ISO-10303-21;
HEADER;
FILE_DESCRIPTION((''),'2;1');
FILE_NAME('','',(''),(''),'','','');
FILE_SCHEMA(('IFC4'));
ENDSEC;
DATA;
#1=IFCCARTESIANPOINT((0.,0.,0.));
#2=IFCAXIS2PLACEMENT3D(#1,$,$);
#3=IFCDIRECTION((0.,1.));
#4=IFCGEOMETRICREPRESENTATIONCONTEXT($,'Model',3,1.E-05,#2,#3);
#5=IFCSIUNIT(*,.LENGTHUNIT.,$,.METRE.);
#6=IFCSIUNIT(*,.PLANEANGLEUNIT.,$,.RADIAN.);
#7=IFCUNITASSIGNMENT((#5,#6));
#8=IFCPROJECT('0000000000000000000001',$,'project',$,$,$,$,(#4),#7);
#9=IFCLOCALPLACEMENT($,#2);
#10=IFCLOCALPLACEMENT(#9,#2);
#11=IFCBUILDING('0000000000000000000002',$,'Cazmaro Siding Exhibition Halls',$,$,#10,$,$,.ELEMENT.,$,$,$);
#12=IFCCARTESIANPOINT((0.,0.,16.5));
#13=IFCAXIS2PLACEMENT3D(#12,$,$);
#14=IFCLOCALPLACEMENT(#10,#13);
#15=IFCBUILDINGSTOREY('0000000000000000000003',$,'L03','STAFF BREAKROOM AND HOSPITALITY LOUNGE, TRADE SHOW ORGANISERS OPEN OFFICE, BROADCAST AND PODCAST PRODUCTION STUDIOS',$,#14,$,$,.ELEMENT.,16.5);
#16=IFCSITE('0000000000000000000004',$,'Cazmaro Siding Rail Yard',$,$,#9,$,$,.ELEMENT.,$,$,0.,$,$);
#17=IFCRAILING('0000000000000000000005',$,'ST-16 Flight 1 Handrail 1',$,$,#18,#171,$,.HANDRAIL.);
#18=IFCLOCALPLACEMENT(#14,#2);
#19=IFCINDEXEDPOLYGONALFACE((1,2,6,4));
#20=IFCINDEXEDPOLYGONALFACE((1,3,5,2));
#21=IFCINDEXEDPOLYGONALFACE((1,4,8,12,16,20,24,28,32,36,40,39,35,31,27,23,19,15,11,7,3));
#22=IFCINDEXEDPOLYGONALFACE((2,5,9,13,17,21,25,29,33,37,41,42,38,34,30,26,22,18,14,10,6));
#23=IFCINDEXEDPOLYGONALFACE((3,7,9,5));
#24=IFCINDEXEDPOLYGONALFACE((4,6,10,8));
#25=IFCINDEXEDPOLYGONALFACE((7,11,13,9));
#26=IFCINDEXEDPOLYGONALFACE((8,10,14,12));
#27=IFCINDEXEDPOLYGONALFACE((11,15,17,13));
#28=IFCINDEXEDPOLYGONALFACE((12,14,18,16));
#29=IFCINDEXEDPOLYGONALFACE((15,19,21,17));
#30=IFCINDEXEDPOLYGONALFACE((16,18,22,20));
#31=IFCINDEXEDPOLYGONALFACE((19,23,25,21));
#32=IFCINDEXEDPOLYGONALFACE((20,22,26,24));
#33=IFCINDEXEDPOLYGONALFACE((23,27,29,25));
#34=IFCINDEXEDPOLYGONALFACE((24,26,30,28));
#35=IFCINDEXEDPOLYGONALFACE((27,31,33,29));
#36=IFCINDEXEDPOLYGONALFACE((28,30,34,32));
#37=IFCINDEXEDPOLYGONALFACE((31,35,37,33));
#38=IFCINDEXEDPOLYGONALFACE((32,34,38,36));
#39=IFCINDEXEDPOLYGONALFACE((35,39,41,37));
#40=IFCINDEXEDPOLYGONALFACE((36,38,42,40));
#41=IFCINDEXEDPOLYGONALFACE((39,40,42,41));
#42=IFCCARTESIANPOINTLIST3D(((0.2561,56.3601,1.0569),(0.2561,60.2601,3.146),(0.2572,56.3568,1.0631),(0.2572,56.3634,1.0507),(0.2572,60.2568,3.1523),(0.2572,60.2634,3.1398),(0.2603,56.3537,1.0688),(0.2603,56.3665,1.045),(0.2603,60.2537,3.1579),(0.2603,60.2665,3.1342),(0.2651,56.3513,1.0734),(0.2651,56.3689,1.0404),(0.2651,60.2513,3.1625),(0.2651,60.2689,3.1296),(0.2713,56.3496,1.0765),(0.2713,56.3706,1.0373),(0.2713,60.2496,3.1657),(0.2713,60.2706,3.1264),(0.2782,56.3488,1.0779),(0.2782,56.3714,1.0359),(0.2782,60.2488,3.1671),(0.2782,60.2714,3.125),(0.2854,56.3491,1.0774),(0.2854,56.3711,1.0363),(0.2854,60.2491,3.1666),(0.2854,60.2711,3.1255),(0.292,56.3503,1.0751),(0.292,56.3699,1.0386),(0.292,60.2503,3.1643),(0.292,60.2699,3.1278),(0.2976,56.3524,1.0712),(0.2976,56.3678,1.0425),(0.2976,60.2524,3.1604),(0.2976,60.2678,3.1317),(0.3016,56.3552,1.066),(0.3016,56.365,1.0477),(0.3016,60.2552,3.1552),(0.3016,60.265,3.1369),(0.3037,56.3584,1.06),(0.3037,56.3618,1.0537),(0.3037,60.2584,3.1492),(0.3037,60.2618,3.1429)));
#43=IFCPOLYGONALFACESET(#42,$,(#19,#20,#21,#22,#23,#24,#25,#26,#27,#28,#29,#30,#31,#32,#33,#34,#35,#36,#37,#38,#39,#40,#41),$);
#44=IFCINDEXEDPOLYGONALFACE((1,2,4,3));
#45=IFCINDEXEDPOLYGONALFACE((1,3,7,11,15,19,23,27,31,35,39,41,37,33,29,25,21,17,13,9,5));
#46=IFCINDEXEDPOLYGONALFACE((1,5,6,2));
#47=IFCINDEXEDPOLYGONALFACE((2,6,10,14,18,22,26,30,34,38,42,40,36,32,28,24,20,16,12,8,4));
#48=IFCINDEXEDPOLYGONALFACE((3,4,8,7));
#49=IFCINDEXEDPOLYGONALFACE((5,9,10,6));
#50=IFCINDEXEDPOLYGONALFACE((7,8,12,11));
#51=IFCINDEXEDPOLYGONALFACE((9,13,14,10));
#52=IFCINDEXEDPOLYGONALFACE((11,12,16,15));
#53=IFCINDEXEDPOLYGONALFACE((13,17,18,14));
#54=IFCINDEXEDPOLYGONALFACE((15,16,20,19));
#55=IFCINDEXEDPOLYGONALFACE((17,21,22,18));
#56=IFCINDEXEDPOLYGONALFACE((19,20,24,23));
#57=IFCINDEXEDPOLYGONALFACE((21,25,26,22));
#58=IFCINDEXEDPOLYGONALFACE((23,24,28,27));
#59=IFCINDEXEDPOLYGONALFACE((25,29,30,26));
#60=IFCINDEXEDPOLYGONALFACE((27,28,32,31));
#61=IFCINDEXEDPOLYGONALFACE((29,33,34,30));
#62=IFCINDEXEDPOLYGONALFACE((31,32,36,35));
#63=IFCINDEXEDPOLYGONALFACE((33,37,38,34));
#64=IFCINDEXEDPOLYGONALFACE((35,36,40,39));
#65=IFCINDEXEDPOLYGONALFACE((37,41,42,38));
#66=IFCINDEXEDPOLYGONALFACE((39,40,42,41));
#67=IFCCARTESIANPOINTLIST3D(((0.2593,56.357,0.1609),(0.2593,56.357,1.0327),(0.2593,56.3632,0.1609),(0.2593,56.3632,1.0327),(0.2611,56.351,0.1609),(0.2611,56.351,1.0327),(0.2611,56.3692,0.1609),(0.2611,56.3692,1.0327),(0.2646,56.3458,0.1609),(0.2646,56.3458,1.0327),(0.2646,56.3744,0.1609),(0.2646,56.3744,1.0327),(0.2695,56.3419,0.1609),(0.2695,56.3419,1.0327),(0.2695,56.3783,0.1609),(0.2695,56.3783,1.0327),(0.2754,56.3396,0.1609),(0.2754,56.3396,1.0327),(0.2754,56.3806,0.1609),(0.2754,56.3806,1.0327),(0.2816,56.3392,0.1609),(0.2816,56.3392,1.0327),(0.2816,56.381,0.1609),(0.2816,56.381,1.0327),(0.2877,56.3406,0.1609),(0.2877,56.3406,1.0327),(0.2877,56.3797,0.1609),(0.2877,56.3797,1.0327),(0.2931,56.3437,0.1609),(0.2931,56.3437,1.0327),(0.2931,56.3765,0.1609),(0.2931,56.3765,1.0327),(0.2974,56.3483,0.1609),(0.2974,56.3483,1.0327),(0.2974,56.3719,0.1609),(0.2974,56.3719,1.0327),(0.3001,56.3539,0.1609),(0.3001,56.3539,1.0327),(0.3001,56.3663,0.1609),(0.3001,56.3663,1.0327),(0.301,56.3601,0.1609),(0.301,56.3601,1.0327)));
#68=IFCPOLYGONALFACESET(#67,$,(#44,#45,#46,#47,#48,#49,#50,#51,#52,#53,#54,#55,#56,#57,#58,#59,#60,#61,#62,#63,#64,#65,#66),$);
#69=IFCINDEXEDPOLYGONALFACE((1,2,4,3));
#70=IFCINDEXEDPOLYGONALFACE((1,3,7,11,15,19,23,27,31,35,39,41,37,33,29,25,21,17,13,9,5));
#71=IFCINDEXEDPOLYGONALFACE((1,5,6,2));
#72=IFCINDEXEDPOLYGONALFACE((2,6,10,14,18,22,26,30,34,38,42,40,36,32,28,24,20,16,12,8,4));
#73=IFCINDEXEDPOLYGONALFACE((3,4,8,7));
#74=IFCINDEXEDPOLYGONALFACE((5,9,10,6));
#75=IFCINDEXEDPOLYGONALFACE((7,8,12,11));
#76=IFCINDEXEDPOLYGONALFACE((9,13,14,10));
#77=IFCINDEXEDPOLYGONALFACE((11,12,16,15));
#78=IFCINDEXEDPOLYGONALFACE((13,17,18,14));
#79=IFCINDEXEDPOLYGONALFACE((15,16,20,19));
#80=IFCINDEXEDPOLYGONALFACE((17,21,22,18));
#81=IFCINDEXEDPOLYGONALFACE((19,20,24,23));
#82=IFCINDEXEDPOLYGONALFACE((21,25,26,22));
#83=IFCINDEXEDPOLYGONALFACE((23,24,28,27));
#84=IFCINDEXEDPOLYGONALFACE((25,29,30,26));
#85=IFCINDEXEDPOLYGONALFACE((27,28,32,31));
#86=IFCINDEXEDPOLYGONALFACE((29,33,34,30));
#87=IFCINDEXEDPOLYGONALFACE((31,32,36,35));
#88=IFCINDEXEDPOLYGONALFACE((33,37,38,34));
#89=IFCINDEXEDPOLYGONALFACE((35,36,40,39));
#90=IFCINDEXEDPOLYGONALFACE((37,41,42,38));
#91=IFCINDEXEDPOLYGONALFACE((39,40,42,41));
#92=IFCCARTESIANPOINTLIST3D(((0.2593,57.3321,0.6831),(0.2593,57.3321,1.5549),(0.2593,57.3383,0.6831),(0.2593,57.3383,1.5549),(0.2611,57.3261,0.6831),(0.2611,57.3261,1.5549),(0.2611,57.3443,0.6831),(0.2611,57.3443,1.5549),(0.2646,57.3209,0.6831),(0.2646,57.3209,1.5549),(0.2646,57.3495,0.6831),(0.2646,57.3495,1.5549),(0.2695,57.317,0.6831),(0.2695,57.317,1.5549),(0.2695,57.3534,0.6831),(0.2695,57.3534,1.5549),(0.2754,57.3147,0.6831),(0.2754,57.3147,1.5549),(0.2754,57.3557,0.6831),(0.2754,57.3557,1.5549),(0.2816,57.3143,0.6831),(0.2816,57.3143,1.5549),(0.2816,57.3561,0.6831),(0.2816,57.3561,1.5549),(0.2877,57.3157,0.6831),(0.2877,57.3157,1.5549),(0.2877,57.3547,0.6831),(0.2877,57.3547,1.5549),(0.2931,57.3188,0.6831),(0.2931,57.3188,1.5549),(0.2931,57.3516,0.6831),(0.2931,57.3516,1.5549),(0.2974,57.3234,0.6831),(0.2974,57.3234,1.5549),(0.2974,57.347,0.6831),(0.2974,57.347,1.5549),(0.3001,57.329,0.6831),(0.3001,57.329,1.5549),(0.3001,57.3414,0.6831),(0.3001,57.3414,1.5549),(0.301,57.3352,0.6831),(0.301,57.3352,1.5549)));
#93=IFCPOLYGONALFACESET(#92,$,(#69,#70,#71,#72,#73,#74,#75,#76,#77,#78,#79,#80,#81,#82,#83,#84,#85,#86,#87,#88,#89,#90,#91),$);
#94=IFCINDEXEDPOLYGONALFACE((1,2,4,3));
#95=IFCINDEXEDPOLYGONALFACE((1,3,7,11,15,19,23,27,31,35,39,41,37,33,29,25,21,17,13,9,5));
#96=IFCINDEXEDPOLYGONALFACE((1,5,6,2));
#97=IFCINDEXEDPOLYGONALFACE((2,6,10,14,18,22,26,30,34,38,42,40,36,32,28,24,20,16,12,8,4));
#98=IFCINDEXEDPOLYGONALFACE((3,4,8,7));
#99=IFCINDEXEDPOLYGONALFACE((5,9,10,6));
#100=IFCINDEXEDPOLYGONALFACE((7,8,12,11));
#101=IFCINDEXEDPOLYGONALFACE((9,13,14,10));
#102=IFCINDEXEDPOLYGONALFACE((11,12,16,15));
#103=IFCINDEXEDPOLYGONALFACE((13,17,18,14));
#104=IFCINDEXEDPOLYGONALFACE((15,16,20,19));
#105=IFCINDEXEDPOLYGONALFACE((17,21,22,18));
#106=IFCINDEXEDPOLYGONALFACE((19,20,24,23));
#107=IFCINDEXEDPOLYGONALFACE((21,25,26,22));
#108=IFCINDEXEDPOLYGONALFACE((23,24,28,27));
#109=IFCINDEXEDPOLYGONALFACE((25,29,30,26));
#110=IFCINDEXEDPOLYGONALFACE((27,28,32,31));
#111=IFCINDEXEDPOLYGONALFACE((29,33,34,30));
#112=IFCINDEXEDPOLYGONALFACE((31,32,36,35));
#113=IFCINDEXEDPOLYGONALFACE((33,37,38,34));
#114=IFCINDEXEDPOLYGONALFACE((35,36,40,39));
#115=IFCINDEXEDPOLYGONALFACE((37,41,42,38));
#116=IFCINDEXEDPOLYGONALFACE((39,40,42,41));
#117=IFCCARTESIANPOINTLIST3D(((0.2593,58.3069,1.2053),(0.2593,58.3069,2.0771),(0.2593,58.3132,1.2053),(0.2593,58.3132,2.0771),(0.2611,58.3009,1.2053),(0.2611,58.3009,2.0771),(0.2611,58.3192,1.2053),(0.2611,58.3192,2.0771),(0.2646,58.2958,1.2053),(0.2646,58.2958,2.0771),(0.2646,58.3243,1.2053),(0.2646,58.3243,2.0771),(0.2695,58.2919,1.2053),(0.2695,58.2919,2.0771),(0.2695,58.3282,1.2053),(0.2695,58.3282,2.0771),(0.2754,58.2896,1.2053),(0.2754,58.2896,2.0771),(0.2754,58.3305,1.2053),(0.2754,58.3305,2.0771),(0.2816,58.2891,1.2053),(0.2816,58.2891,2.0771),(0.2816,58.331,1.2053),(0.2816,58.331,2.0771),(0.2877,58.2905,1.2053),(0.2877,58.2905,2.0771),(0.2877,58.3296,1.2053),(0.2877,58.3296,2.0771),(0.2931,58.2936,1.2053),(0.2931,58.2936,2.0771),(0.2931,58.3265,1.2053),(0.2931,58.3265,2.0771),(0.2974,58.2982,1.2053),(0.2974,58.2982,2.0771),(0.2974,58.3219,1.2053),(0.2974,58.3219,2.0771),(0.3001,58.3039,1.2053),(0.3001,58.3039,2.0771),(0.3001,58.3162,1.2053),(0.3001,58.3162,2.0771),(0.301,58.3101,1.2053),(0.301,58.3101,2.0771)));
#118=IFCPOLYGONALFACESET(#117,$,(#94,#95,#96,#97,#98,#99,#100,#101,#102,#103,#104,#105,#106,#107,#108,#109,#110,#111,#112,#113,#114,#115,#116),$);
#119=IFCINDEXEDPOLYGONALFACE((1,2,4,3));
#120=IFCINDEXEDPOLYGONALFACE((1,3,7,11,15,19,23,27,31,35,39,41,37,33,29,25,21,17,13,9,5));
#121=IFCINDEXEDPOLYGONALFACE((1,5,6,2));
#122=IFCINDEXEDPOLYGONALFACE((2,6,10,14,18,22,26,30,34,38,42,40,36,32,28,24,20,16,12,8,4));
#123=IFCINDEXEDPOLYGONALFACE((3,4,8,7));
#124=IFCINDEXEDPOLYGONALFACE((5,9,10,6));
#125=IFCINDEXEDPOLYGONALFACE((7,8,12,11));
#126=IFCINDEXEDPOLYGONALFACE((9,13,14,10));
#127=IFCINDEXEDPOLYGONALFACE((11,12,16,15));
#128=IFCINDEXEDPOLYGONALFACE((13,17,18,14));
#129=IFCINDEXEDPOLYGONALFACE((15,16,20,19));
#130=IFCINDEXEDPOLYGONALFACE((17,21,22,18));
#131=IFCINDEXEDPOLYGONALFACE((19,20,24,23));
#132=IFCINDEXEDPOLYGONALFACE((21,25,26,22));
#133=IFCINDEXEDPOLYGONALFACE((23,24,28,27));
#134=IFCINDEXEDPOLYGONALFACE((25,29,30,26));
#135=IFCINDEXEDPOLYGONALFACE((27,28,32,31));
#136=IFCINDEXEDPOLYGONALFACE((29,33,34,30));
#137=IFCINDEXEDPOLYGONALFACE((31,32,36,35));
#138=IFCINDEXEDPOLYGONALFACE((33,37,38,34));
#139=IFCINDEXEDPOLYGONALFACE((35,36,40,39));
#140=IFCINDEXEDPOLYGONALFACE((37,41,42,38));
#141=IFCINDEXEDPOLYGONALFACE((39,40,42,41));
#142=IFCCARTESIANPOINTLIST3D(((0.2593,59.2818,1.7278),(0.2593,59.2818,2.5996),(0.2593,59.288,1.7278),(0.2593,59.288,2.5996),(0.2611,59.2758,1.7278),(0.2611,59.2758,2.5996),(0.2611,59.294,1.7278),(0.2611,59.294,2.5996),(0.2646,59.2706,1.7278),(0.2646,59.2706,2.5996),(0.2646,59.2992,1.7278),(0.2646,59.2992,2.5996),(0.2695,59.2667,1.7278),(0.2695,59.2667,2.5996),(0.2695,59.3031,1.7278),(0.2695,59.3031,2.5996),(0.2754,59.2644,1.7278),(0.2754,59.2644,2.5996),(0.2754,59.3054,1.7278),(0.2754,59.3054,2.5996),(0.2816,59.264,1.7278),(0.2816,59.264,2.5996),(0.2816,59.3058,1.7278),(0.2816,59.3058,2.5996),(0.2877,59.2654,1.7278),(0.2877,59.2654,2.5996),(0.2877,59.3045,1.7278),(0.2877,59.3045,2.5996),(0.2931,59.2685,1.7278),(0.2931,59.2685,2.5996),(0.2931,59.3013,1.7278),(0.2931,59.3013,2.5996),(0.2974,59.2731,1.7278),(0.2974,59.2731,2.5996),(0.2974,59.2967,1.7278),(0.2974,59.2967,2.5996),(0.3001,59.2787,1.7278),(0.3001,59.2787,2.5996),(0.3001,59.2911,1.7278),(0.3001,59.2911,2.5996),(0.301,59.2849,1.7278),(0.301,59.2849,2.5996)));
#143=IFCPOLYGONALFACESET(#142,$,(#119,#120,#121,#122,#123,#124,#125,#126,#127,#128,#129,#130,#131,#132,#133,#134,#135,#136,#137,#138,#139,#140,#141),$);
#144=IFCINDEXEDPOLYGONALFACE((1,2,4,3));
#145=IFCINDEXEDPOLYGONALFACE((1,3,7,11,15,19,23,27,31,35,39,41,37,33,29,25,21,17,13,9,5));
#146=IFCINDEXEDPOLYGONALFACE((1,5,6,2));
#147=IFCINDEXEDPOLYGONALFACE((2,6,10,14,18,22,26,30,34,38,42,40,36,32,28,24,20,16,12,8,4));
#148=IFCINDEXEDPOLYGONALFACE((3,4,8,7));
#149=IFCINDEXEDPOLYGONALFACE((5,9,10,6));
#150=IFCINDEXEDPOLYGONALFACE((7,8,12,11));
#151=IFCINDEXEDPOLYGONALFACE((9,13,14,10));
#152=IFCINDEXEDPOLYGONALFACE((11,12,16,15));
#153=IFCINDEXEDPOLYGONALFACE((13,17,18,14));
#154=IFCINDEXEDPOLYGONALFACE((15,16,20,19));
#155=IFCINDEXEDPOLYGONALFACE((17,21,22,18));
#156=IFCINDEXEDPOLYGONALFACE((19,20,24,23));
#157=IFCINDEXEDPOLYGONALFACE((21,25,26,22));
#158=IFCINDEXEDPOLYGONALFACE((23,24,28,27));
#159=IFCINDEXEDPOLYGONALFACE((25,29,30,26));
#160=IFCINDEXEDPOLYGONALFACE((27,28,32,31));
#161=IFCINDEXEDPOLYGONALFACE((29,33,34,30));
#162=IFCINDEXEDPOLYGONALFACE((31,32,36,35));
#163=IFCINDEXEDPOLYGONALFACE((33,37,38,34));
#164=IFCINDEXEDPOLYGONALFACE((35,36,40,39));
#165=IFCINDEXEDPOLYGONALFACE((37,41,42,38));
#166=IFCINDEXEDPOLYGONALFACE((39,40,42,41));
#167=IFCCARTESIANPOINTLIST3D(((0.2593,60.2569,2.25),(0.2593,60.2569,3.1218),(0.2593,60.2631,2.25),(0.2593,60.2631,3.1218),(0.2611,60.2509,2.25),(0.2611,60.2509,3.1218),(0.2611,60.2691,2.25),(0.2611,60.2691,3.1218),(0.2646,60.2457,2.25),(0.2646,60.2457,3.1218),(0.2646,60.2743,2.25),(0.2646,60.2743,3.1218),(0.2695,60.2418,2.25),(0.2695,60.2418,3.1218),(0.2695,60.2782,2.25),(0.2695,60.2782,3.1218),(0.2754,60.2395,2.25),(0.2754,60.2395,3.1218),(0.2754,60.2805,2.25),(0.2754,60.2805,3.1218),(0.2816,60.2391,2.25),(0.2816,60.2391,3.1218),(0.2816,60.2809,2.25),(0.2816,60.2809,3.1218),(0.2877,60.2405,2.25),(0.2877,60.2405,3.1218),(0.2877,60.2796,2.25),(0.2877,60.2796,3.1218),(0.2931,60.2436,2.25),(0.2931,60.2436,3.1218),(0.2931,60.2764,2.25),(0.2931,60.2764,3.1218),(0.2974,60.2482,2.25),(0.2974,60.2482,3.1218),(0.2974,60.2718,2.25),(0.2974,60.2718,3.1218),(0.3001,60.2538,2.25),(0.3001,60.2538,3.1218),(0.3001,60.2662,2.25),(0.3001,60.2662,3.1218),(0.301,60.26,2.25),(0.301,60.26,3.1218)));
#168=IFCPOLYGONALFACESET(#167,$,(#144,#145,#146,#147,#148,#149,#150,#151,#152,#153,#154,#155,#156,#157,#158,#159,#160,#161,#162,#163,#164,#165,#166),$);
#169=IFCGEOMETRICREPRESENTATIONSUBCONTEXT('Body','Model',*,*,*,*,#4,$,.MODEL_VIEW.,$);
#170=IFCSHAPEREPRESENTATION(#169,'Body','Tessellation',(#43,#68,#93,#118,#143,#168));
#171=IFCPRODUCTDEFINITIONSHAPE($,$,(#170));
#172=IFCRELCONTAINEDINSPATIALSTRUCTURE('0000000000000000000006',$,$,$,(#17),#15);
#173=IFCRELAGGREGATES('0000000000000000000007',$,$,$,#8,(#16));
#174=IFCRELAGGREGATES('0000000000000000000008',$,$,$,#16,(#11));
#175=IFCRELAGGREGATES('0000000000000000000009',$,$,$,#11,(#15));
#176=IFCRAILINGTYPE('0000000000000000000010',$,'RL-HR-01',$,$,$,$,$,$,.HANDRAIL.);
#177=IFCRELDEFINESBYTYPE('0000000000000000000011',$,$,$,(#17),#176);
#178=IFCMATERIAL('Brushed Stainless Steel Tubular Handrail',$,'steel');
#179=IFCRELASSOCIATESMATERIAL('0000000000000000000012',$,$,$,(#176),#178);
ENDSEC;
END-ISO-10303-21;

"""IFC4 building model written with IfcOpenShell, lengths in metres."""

from ifc_helpers import new_model, si_unit, direction, frame, origin, origin_2d, place, context, subcontext, project, spatial, circle, extrude, material, type_object, element, save


model = new_model("IFC4")

# Units and contexts
model_context = context("Model", 3, precision=1e-05, world=origin(), true_north=direction((0.0, 1.0)))
body_context = subcontext(model_context, "Body", "Model", "MODEL_VIEW")
ifc_project = project(units=[si_unit("LENGTHUNIT", "METRE"), si_unit("PLANEANGLEUNIT", "RADIAN")], contexts=[model_context])

# Site, building, storey
site_placement = place(None, origin())
site = spatial("IfcSite", under=ifc_project, at=site_placement, Name="Cazmaro Siding Rail Yard", CompositionType="ELEMENT", RefElevation=0.0)
building_placement = place(site_placement, origin())
building = spatial("IfcBuilding", under=site, at=building_placement, Name="Cazmaro Siding Exhibition Halls", CompositionType="ELEMENT")
storey_placement = place(building_placement, frame((0.0, 0.0, 16.5)))
storey = spatial("IfcBuildingStorey", under=building, at=storey_placement, Name="L03", Description="STAFF BREAKROOM AND HOSPITALITY LOUNGE, TRADE SHOW ORGANISERS OPEN OFFICE, BROADCAST AND PODCAST PRODUCTION STUDIOS", CompositionType="ELEMENT", Elevation=16.5)

# Railing
ifc_material_1 = material(Name="Brushed Stainless Steel Tubular Handrail", Category="steel")
railing_type_1 = type_object("IfcRailingType", Name="RL-HR-01", PredefinedType="HANDRAIL", material=ifc_material_1)
railing_1_placement = place(storey_placement, frame((0.28, 56.3601, 0.1609)))
element("IfcRailing", 1, at=railing_1_placement, inside=storey, type_object=railing_type_1, Name="ST-16 Flight 1 Handrail 1", PredefinedType="HANDRAIL", context=body_context, shape_type="SweptSolid", body=[
    extrude(circle(Radius=0.0239, at=origin_2d()), frame((0.0, 0.0, 0.896), z_axis=(0.0, 0.881491, 0.4722), x_axis=(-1.0, 0.0, 0.0)), (0.0, 0.0, 1.0), 4.4243),
    extrude(circle(Radius=0.021, at=origin_2d()), origin(), (0.0, 0.0, 1.0), 0.8718),
    extrude(circle(Radius=0.021, at=origin_2d()), frame((0.0, 0.9751, 0.5222)), (0.0, 0.0, 1.0), 0.8718),
    extrude(circle(Radius=0.021, at=origin_2d()), frame((0.0, 1.95, 1.0444)), (0.0, 0.0, 1.0), 0.8718),
    extrude(circle(Radius=0.021, at=origin_2d()), frame((0.0, 2.9248, 1.5669)), (0.0, 0.0, 1.0), 0.8718),
    extrude(circle(Radius=0.021, at=origin_2d()), frame((0.0, 3.8999, 2.0891)), (0.0, 0.0, 1.0), 0.8718),
])

save(model, "model.ifc")
